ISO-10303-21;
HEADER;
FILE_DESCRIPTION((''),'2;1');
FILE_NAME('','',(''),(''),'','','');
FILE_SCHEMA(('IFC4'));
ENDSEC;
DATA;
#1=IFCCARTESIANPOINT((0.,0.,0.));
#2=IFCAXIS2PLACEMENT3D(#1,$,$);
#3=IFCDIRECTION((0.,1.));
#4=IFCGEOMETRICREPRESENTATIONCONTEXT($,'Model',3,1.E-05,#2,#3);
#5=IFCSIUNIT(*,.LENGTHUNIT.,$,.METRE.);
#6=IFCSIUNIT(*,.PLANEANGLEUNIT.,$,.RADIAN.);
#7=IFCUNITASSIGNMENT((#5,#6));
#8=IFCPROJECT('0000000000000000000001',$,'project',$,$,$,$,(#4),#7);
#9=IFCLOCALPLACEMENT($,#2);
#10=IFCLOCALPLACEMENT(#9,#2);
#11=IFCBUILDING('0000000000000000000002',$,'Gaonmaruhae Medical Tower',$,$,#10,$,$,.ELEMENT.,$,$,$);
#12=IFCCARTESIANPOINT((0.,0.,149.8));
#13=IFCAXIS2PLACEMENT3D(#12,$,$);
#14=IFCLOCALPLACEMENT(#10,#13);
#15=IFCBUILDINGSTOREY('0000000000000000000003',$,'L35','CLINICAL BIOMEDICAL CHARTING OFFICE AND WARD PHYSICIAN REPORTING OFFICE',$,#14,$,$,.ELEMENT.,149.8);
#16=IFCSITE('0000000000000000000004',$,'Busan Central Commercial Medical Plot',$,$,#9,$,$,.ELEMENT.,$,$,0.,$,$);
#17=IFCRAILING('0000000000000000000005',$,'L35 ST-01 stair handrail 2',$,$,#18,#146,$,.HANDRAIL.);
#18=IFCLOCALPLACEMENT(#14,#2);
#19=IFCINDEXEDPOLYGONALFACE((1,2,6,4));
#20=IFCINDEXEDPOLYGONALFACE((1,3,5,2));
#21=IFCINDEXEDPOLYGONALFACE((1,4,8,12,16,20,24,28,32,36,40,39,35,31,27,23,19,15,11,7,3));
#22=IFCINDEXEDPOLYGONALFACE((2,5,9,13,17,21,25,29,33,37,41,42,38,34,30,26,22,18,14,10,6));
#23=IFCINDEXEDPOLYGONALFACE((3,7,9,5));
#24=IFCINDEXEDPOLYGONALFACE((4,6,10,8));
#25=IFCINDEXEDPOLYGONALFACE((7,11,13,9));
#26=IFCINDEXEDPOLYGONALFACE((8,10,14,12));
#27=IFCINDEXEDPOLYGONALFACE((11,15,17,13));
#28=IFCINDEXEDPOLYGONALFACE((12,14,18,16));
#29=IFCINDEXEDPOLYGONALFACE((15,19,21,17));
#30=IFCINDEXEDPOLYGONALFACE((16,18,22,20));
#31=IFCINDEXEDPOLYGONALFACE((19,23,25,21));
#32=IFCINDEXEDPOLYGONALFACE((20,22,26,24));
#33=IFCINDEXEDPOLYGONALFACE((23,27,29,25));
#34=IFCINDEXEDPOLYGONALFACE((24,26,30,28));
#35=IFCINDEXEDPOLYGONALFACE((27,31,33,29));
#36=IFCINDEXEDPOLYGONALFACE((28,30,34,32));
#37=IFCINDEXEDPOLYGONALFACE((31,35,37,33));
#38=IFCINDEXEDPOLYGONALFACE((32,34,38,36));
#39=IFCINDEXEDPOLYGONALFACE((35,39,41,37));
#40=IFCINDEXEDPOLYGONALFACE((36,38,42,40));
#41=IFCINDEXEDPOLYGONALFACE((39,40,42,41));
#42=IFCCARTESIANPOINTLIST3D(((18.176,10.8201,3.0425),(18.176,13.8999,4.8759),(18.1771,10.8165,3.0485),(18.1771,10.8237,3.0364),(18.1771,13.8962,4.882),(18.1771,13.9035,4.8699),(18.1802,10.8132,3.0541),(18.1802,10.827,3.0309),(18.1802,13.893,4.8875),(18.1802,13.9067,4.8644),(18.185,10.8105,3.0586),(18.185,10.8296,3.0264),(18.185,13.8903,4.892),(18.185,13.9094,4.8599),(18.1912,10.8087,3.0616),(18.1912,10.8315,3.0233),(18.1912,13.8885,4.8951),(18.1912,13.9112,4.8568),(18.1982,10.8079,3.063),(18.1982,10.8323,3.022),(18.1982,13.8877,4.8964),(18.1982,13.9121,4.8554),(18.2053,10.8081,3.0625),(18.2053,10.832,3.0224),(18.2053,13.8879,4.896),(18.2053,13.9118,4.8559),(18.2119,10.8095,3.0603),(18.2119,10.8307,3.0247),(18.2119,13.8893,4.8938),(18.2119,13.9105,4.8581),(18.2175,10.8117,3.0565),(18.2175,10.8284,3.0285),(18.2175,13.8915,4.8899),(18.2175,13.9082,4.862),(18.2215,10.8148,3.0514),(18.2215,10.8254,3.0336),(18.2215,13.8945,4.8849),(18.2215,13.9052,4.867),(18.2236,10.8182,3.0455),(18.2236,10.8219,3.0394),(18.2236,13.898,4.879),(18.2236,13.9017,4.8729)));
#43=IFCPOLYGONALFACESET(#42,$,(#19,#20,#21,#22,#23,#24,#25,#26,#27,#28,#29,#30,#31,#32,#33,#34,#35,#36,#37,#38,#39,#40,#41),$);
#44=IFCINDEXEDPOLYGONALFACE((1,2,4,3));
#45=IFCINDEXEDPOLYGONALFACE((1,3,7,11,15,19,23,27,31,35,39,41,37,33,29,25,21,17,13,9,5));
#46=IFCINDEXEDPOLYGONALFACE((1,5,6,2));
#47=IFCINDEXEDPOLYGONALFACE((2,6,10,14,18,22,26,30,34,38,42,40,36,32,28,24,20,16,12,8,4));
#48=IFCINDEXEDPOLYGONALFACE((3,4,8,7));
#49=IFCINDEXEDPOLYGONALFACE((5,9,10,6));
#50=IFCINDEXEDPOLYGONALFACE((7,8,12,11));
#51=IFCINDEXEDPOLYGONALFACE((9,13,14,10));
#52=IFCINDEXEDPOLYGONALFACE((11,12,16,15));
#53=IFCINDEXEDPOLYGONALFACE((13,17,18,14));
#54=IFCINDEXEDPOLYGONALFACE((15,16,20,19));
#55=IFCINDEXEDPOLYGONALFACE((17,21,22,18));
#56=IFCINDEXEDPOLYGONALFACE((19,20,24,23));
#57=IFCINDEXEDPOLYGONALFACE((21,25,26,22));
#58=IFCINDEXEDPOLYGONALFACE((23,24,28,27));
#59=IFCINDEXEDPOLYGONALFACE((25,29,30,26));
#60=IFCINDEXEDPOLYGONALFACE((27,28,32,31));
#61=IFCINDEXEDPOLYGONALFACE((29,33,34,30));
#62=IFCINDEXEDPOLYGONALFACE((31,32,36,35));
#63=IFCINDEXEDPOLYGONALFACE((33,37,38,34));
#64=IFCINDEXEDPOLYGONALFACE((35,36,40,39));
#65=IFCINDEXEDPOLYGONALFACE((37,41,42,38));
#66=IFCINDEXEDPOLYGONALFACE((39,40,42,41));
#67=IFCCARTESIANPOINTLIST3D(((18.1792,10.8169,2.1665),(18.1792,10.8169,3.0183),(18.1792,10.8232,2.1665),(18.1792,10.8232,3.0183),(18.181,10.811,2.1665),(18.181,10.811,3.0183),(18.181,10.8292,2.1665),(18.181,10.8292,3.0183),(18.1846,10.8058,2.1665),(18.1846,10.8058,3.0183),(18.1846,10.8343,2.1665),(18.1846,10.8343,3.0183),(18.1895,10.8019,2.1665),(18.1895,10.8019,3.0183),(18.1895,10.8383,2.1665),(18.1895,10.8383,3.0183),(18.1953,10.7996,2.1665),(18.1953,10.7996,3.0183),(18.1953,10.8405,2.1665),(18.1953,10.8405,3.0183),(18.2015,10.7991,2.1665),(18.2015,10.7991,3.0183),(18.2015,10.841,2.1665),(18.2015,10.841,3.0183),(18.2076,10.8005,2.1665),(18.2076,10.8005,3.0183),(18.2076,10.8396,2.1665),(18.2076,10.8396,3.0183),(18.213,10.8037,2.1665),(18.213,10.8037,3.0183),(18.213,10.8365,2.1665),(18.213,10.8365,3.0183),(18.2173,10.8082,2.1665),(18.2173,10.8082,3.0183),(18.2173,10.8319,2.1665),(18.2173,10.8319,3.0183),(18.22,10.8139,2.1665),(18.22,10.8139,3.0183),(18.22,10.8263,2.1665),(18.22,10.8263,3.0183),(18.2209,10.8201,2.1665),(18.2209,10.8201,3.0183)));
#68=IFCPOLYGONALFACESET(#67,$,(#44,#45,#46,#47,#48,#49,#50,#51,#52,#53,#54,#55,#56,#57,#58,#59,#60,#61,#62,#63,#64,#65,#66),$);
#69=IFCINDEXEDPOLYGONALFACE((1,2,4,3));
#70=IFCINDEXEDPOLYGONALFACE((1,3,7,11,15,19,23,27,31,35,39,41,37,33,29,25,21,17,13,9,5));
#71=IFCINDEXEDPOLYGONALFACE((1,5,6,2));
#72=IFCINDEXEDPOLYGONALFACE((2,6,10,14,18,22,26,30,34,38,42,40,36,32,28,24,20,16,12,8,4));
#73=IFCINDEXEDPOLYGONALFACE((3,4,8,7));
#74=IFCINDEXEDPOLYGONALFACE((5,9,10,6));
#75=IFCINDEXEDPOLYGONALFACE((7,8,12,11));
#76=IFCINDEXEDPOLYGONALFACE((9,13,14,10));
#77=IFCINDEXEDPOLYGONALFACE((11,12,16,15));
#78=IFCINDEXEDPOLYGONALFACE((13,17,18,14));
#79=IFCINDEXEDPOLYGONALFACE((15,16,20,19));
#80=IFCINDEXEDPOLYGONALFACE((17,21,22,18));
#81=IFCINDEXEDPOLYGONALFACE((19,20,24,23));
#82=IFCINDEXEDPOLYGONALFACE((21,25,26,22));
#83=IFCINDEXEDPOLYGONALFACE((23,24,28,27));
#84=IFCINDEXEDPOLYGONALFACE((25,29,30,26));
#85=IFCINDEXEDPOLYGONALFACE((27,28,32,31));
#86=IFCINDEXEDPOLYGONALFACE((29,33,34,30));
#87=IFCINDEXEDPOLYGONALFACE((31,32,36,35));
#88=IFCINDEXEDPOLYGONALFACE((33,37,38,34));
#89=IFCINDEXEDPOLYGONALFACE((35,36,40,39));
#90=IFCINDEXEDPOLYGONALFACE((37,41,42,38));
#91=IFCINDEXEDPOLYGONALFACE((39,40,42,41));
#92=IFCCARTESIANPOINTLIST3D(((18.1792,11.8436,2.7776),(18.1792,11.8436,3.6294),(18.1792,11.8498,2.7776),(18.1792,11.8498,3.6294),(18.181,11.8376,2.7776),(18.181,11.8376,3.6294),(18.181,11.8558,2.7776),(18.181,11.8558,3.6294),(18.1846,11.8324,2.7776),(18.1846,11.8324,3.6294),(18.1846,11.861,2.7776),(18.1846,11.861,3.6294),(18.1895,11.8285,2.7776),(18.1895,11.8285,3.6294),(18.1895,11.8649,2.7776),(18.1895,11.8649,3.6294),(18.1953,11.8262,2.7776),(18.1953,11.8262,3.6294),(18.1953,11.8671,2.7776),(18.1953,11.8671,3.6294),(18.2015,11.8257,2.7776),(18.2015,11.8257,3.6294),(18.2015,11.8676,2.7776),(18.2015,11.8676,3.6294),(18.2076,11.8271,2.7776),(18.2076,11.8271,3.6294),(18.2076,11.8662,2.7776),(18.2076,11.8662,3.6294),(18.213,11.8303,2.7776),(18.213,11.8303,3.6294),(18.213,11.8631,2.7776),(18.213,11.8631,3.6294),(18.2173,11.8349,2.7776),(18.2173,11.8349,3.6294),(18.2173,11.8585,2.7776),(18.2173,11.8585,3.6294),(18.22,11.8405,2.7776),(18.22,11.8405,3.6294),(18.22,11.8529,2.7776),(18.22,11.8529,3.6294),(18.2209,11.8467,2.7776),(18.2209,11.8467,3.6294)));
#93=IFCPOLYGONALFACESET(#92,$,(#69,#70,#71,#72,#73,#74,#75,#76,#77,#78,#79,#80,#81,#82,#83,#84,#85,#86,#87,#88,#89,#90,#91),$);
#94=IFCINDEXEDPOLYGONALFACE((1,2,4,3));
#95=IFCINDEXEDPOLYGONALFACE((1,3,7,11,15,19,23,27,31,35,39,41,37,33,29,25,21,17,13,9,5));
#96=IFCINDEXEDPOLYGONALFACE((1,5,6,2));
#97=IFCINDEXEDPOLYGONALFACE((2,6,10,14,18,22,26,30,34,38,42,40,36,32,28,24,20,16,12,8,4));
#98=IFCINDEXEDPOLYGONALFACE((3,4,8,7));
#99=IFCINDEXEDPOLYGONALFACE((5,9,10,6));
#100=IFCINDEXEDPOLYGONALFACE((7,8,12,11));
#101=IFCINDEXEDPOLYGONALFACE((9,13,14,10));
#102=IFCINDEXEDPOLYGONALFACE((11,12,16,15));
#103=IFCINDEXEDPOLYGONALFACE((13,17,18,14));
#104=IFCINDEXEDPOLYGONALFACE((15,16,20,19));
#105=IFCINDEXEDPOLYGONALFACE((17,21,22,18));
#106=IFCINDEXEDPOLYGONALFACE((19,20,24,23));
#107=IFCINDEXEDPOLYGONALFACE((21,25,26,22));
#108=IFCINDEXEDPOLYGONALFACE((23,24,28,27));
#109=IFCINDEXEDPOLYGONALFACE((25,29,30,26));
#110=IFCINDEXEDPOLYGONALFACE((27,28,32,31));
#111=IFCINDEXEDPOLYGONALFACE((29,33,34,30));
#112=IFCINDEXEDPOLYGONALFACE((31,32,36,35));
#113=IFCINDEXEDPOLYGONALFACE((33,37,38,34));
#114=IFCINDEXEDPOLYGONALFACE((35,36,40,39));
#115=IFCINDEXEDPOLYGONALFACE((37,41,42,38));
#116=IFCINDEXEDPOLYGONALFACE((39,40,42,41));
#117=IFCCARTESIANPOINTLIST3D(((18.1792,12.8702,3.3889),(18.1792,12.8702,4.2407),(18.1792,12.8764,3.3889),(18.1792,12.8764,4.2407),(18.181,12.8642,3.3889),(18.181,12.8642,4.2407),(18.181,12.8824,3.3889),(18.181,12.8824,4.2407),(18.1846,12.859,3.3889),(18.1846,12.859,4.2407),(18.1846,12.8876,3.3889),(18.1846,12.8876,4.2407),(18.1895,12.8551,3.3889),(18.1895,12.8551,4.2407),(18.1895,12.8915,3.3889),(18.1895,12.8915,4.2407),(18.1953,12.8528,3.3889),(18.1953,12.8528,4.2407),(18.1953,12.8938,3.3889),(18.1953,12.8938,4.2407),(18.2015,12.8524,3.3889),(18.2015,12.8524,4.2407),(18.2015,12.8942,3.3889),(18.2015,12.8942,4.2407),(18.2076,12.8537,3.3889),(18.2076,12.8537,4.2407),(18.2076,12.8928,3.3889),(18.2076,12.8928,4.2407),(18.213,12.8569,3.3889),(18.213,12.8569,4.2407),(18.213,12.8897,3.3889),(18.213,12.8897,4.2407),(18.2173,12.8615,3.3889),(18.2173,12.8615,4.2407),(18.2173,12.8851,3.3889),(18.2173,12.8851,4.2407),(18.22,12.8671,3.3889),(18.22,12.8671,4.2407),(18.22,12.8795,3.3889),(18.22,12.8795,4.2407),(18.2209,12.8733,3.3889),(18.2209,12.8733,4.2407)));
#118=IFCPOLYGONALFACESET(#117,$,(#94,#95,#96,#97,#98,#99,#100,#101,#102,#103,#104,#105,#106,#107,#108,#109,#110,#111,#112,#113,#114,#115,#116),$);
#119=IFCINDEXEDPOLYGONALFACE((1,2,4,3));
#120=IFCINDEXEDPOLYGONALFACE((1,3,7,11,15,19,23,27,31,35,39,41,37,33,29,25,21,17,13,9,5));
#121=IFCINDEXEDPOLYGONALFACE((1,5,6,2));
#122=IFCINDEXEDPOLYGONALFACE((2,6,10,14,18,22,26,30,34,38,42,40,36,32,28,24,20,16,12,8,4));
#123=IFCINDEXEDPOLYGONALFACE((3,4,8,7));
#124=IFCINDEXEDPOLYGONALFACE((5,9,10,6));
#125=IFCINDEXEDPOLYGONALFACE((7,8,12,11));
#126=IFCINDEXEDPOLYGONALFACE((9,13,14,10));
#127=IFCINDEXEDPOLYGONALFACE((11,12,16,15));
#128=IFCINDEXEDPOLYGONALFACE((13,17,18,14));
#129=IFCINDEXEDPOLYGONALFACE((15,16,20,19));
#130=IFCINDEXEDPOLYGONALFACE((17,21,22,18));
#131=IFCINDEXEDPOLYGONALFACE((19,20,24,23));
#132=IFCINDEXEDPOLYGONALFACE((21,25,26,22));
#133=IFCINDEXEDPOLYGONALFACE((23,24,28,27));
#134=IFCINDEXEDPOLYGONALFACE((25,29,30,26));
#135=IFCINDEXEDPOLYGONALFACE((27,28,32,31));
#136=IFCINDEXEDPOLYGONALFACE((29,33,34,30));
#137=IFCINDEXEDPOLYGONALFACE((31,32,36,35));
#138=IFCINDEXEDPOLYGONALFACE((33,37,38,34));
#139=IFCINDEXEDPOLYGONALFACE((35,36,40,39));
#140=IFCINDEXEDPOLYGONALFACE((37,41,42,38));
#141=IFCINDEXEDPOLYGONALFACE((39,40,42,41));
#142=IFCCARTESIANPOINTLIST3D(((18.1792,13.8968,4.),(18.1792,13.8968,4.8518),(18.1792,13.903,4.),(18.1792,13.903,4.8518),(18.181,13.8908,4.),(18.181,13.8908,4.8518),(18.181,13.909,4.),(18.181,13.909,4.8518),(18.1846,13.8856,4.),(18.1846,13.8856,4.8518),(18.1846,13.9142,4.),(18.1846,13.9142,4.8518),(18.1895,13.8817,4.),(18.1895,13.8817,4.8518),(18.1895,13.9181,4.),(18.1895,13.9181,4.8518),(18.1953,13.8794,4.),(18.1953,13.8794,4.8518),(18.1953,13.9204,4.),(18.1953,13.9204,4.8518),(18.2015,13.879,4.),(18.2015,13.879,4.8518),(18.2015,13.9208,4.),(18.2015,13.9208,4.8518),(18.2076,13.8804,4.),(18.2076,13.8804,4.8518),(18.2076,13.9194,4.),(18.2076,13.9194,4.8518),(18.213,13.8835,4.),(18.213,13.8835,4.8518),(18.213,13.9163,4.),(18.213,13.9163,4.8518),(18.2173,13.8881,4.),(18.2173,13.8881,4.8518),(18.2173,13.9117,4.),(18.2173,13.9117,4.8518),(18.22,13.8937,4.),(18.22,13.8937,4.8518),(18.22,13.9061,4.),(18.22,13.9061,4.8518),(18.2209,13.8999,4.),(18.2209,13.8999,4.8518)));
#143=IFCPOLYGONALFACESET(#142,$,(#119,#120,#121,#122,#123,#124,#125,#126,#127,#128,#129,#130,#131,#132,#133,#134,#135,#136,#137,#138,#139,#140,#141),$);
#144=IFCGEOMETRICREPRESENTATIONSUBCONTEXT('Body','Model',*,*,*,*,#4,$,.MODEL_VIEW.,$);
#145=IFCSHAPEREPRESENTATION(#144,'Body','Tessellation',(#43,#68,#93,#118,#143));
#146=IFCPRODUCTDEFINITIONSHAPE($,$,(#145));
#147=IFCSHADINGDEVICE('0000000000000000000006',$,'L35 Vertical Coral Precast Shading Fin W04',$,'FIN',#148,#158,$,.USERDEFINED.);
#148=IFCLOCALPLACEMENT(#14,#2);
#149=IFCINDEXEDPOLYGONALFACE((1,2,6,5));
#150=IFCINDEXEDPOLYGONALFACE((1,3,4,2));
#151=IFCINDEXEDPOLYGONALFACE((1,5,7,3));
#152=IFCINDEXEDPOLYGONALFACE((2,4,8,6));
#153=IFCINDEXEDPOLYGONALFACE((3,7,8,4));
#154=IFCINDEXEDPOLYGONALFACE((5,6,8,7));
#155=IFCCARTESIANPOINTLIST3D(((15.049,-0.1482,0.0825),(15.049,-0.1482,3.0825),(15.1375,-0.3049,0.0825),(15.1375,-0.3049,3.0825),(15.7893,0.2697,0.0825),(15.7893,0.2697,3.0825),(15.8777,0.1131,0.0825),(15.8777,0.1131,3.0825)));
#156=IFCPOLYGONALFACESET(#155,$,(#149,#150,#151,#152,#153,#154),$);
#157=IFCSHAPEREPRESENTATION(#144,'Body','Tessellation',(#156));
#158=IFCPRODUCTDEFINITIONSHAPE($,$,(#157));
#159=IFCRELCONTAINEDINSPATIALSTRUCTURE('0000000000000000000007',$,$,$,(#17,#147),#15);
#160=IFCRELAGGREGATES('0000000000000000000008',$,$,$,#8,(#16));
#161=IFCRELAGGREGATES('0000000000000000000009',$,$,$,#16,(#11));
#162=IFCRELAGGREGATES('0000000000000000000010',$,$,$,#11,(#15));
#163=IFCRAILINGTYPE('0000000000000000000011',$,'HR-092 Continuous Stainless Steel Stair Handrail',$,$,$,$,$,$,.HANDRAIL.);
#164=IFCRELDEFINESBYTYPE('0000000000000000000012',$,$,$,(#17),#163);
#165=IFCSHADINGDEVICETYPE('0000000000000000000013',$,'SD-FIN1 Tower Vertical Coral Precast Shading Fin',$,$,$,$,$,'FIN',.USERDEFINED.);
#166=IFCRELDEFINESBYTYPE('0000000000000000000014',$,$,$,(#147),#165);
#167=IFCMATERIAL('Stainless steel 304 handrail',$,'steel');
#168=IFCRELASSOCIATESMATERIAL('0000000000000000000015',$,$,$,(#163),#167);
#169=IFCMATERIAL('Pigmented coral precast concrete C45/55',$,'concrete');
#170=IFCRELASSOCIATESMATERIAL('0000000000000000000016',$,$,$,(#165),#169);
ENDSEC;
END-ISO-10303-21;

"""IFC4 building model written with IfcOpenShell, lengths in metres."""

from ifc_helpers import new_model, si_unit, direction, frame, origin, origin_2d, place, context, subcontext, project, spatial, rectangle, circle, extrude, material, type_object, element, save


model = new_model("IFC4")

# Units and contexts
model_context = context("Model", 3, precision=1e-05, world=origin(), true_north=direction((0.0, 1.0)))
body_context = subcontext(model_context, "Body", "Model", "MODEL_VIEW")
ifc_project = project(units=[si_unit("LENGTHUNIT", "METRE"), si_unit("PLANEANGLEUNIT", "RADIAN")], contexts=[model_context])

# Site, building, storey
site_placement = place(None, origin())
site = spatial("IfcSite", under=ifc_project, at=site_placement, Name="Busan Central Commercial Medical Plot", CompositionType="ELEMENT", RefElevation=0.0)
building_placement = place(site_placement, origin())
building = spatial("IfcBuilding", under=site, at=building_placement, Name="Gaonmaruhae Medical Tower", CompositionType="ELEMENT")
storey_placement = place(building_placement, frame((0.0, 0.0, 149.8)))
storey = spatial("IfcBuildingStorey", under=building, at=storey_placement, Name="L35", Description="CLINICAL BIOMEDICAL CHARTING OFFICE AND WARD PHYSICIAN REPORTING OFFICE", CompositionType="ELEMENT", Elevation=149.8)

# Railing
ifc_material_1 = material(Name="Stainless steel 304 handrail", Category="steel")
railing_type_1 = type_object("IfcRailingType", Name="HR-092 Continuous Stainless Steel Stair Handrail", PredefinedType="HANDRAIL", material=ifc_material_1)
railing_1_placement = place(storey_placement, frame((18.2, 10.8201, 2.1665)))
element("IfcRailing", 1, at=railing_1_placement, inside=storey, type_object=railing_type_1, Name="L35 ST-01 stair handrail 2", PredefinedType="HANDRAIL", context=body_context, shape_type="SweptSolid", body=[
    extrude(circle(Radius=0.0239, at=origin_2d()), frame((0.0, 0.0, 0.876), z_axis=(0.0, 0.859261, 0.511538), x_axis=(-1.0, 0.0, 0.0)), (0.0, 0.0, 1.0), 3.5842),
    extrude(circle(Radius=0.021, at=origin_2d()), origin(), (0.0, 0.0, 1.0), 0.8518),
    extrude(circle(Radius=0.021, at=origin_2d()), frame((0.0, 1.0266, 0.6111)), (0.0, 0.0, 1.0), 0.8518),
    extrude(circle(Radius=0.021, at=origin_2d()), frame((0.0, 2.0532, 1.2224)), (0.0, 0.0, 1.0), 0.8518),
    extrude(circle(Radius=0.021, at=origin_2d()), frame((0.0, 3.0798, 1.8335)), (0.0, 0.0, 1.0), 0.8518),
])

# Shading device
ifc_material_2 = material(Name="Pigmented coral precast concrete C45/55", Category="concrete")
shading_device_type = type_object("IfcShadingDeviceType", Name="SD-FIN1 Tower Vertical Coral Precast Shading Fin", ElementType="FIN", PredefinedType="USERDEFINED", material=ifc_material_2)
shading_device_placement = place(storey_placement, frame((15.4634, -0.0176, 0.0825), z_axis=(0.0, 0.0, 1.0), x_axis=(-0.491664, 0.870785, 0.0)))
element("IfcShadingDevice", 2, at=shading_device_placement, inside=storey, type_object=shading_device_type, Name="L35 Vertical Coral Precast Shading Fin W04", ObjectType="FIN", PredefinedType="USERDEFINED", context=body_context, shape_type="SweptSolid", body=[
    extrude(rectangle(XDim=0.1799, YDim=0.8501, at=origin_2d()), origin(), (0.0, 0.0, 1.0), 3.0),
])

save(model, "model.ifc")
